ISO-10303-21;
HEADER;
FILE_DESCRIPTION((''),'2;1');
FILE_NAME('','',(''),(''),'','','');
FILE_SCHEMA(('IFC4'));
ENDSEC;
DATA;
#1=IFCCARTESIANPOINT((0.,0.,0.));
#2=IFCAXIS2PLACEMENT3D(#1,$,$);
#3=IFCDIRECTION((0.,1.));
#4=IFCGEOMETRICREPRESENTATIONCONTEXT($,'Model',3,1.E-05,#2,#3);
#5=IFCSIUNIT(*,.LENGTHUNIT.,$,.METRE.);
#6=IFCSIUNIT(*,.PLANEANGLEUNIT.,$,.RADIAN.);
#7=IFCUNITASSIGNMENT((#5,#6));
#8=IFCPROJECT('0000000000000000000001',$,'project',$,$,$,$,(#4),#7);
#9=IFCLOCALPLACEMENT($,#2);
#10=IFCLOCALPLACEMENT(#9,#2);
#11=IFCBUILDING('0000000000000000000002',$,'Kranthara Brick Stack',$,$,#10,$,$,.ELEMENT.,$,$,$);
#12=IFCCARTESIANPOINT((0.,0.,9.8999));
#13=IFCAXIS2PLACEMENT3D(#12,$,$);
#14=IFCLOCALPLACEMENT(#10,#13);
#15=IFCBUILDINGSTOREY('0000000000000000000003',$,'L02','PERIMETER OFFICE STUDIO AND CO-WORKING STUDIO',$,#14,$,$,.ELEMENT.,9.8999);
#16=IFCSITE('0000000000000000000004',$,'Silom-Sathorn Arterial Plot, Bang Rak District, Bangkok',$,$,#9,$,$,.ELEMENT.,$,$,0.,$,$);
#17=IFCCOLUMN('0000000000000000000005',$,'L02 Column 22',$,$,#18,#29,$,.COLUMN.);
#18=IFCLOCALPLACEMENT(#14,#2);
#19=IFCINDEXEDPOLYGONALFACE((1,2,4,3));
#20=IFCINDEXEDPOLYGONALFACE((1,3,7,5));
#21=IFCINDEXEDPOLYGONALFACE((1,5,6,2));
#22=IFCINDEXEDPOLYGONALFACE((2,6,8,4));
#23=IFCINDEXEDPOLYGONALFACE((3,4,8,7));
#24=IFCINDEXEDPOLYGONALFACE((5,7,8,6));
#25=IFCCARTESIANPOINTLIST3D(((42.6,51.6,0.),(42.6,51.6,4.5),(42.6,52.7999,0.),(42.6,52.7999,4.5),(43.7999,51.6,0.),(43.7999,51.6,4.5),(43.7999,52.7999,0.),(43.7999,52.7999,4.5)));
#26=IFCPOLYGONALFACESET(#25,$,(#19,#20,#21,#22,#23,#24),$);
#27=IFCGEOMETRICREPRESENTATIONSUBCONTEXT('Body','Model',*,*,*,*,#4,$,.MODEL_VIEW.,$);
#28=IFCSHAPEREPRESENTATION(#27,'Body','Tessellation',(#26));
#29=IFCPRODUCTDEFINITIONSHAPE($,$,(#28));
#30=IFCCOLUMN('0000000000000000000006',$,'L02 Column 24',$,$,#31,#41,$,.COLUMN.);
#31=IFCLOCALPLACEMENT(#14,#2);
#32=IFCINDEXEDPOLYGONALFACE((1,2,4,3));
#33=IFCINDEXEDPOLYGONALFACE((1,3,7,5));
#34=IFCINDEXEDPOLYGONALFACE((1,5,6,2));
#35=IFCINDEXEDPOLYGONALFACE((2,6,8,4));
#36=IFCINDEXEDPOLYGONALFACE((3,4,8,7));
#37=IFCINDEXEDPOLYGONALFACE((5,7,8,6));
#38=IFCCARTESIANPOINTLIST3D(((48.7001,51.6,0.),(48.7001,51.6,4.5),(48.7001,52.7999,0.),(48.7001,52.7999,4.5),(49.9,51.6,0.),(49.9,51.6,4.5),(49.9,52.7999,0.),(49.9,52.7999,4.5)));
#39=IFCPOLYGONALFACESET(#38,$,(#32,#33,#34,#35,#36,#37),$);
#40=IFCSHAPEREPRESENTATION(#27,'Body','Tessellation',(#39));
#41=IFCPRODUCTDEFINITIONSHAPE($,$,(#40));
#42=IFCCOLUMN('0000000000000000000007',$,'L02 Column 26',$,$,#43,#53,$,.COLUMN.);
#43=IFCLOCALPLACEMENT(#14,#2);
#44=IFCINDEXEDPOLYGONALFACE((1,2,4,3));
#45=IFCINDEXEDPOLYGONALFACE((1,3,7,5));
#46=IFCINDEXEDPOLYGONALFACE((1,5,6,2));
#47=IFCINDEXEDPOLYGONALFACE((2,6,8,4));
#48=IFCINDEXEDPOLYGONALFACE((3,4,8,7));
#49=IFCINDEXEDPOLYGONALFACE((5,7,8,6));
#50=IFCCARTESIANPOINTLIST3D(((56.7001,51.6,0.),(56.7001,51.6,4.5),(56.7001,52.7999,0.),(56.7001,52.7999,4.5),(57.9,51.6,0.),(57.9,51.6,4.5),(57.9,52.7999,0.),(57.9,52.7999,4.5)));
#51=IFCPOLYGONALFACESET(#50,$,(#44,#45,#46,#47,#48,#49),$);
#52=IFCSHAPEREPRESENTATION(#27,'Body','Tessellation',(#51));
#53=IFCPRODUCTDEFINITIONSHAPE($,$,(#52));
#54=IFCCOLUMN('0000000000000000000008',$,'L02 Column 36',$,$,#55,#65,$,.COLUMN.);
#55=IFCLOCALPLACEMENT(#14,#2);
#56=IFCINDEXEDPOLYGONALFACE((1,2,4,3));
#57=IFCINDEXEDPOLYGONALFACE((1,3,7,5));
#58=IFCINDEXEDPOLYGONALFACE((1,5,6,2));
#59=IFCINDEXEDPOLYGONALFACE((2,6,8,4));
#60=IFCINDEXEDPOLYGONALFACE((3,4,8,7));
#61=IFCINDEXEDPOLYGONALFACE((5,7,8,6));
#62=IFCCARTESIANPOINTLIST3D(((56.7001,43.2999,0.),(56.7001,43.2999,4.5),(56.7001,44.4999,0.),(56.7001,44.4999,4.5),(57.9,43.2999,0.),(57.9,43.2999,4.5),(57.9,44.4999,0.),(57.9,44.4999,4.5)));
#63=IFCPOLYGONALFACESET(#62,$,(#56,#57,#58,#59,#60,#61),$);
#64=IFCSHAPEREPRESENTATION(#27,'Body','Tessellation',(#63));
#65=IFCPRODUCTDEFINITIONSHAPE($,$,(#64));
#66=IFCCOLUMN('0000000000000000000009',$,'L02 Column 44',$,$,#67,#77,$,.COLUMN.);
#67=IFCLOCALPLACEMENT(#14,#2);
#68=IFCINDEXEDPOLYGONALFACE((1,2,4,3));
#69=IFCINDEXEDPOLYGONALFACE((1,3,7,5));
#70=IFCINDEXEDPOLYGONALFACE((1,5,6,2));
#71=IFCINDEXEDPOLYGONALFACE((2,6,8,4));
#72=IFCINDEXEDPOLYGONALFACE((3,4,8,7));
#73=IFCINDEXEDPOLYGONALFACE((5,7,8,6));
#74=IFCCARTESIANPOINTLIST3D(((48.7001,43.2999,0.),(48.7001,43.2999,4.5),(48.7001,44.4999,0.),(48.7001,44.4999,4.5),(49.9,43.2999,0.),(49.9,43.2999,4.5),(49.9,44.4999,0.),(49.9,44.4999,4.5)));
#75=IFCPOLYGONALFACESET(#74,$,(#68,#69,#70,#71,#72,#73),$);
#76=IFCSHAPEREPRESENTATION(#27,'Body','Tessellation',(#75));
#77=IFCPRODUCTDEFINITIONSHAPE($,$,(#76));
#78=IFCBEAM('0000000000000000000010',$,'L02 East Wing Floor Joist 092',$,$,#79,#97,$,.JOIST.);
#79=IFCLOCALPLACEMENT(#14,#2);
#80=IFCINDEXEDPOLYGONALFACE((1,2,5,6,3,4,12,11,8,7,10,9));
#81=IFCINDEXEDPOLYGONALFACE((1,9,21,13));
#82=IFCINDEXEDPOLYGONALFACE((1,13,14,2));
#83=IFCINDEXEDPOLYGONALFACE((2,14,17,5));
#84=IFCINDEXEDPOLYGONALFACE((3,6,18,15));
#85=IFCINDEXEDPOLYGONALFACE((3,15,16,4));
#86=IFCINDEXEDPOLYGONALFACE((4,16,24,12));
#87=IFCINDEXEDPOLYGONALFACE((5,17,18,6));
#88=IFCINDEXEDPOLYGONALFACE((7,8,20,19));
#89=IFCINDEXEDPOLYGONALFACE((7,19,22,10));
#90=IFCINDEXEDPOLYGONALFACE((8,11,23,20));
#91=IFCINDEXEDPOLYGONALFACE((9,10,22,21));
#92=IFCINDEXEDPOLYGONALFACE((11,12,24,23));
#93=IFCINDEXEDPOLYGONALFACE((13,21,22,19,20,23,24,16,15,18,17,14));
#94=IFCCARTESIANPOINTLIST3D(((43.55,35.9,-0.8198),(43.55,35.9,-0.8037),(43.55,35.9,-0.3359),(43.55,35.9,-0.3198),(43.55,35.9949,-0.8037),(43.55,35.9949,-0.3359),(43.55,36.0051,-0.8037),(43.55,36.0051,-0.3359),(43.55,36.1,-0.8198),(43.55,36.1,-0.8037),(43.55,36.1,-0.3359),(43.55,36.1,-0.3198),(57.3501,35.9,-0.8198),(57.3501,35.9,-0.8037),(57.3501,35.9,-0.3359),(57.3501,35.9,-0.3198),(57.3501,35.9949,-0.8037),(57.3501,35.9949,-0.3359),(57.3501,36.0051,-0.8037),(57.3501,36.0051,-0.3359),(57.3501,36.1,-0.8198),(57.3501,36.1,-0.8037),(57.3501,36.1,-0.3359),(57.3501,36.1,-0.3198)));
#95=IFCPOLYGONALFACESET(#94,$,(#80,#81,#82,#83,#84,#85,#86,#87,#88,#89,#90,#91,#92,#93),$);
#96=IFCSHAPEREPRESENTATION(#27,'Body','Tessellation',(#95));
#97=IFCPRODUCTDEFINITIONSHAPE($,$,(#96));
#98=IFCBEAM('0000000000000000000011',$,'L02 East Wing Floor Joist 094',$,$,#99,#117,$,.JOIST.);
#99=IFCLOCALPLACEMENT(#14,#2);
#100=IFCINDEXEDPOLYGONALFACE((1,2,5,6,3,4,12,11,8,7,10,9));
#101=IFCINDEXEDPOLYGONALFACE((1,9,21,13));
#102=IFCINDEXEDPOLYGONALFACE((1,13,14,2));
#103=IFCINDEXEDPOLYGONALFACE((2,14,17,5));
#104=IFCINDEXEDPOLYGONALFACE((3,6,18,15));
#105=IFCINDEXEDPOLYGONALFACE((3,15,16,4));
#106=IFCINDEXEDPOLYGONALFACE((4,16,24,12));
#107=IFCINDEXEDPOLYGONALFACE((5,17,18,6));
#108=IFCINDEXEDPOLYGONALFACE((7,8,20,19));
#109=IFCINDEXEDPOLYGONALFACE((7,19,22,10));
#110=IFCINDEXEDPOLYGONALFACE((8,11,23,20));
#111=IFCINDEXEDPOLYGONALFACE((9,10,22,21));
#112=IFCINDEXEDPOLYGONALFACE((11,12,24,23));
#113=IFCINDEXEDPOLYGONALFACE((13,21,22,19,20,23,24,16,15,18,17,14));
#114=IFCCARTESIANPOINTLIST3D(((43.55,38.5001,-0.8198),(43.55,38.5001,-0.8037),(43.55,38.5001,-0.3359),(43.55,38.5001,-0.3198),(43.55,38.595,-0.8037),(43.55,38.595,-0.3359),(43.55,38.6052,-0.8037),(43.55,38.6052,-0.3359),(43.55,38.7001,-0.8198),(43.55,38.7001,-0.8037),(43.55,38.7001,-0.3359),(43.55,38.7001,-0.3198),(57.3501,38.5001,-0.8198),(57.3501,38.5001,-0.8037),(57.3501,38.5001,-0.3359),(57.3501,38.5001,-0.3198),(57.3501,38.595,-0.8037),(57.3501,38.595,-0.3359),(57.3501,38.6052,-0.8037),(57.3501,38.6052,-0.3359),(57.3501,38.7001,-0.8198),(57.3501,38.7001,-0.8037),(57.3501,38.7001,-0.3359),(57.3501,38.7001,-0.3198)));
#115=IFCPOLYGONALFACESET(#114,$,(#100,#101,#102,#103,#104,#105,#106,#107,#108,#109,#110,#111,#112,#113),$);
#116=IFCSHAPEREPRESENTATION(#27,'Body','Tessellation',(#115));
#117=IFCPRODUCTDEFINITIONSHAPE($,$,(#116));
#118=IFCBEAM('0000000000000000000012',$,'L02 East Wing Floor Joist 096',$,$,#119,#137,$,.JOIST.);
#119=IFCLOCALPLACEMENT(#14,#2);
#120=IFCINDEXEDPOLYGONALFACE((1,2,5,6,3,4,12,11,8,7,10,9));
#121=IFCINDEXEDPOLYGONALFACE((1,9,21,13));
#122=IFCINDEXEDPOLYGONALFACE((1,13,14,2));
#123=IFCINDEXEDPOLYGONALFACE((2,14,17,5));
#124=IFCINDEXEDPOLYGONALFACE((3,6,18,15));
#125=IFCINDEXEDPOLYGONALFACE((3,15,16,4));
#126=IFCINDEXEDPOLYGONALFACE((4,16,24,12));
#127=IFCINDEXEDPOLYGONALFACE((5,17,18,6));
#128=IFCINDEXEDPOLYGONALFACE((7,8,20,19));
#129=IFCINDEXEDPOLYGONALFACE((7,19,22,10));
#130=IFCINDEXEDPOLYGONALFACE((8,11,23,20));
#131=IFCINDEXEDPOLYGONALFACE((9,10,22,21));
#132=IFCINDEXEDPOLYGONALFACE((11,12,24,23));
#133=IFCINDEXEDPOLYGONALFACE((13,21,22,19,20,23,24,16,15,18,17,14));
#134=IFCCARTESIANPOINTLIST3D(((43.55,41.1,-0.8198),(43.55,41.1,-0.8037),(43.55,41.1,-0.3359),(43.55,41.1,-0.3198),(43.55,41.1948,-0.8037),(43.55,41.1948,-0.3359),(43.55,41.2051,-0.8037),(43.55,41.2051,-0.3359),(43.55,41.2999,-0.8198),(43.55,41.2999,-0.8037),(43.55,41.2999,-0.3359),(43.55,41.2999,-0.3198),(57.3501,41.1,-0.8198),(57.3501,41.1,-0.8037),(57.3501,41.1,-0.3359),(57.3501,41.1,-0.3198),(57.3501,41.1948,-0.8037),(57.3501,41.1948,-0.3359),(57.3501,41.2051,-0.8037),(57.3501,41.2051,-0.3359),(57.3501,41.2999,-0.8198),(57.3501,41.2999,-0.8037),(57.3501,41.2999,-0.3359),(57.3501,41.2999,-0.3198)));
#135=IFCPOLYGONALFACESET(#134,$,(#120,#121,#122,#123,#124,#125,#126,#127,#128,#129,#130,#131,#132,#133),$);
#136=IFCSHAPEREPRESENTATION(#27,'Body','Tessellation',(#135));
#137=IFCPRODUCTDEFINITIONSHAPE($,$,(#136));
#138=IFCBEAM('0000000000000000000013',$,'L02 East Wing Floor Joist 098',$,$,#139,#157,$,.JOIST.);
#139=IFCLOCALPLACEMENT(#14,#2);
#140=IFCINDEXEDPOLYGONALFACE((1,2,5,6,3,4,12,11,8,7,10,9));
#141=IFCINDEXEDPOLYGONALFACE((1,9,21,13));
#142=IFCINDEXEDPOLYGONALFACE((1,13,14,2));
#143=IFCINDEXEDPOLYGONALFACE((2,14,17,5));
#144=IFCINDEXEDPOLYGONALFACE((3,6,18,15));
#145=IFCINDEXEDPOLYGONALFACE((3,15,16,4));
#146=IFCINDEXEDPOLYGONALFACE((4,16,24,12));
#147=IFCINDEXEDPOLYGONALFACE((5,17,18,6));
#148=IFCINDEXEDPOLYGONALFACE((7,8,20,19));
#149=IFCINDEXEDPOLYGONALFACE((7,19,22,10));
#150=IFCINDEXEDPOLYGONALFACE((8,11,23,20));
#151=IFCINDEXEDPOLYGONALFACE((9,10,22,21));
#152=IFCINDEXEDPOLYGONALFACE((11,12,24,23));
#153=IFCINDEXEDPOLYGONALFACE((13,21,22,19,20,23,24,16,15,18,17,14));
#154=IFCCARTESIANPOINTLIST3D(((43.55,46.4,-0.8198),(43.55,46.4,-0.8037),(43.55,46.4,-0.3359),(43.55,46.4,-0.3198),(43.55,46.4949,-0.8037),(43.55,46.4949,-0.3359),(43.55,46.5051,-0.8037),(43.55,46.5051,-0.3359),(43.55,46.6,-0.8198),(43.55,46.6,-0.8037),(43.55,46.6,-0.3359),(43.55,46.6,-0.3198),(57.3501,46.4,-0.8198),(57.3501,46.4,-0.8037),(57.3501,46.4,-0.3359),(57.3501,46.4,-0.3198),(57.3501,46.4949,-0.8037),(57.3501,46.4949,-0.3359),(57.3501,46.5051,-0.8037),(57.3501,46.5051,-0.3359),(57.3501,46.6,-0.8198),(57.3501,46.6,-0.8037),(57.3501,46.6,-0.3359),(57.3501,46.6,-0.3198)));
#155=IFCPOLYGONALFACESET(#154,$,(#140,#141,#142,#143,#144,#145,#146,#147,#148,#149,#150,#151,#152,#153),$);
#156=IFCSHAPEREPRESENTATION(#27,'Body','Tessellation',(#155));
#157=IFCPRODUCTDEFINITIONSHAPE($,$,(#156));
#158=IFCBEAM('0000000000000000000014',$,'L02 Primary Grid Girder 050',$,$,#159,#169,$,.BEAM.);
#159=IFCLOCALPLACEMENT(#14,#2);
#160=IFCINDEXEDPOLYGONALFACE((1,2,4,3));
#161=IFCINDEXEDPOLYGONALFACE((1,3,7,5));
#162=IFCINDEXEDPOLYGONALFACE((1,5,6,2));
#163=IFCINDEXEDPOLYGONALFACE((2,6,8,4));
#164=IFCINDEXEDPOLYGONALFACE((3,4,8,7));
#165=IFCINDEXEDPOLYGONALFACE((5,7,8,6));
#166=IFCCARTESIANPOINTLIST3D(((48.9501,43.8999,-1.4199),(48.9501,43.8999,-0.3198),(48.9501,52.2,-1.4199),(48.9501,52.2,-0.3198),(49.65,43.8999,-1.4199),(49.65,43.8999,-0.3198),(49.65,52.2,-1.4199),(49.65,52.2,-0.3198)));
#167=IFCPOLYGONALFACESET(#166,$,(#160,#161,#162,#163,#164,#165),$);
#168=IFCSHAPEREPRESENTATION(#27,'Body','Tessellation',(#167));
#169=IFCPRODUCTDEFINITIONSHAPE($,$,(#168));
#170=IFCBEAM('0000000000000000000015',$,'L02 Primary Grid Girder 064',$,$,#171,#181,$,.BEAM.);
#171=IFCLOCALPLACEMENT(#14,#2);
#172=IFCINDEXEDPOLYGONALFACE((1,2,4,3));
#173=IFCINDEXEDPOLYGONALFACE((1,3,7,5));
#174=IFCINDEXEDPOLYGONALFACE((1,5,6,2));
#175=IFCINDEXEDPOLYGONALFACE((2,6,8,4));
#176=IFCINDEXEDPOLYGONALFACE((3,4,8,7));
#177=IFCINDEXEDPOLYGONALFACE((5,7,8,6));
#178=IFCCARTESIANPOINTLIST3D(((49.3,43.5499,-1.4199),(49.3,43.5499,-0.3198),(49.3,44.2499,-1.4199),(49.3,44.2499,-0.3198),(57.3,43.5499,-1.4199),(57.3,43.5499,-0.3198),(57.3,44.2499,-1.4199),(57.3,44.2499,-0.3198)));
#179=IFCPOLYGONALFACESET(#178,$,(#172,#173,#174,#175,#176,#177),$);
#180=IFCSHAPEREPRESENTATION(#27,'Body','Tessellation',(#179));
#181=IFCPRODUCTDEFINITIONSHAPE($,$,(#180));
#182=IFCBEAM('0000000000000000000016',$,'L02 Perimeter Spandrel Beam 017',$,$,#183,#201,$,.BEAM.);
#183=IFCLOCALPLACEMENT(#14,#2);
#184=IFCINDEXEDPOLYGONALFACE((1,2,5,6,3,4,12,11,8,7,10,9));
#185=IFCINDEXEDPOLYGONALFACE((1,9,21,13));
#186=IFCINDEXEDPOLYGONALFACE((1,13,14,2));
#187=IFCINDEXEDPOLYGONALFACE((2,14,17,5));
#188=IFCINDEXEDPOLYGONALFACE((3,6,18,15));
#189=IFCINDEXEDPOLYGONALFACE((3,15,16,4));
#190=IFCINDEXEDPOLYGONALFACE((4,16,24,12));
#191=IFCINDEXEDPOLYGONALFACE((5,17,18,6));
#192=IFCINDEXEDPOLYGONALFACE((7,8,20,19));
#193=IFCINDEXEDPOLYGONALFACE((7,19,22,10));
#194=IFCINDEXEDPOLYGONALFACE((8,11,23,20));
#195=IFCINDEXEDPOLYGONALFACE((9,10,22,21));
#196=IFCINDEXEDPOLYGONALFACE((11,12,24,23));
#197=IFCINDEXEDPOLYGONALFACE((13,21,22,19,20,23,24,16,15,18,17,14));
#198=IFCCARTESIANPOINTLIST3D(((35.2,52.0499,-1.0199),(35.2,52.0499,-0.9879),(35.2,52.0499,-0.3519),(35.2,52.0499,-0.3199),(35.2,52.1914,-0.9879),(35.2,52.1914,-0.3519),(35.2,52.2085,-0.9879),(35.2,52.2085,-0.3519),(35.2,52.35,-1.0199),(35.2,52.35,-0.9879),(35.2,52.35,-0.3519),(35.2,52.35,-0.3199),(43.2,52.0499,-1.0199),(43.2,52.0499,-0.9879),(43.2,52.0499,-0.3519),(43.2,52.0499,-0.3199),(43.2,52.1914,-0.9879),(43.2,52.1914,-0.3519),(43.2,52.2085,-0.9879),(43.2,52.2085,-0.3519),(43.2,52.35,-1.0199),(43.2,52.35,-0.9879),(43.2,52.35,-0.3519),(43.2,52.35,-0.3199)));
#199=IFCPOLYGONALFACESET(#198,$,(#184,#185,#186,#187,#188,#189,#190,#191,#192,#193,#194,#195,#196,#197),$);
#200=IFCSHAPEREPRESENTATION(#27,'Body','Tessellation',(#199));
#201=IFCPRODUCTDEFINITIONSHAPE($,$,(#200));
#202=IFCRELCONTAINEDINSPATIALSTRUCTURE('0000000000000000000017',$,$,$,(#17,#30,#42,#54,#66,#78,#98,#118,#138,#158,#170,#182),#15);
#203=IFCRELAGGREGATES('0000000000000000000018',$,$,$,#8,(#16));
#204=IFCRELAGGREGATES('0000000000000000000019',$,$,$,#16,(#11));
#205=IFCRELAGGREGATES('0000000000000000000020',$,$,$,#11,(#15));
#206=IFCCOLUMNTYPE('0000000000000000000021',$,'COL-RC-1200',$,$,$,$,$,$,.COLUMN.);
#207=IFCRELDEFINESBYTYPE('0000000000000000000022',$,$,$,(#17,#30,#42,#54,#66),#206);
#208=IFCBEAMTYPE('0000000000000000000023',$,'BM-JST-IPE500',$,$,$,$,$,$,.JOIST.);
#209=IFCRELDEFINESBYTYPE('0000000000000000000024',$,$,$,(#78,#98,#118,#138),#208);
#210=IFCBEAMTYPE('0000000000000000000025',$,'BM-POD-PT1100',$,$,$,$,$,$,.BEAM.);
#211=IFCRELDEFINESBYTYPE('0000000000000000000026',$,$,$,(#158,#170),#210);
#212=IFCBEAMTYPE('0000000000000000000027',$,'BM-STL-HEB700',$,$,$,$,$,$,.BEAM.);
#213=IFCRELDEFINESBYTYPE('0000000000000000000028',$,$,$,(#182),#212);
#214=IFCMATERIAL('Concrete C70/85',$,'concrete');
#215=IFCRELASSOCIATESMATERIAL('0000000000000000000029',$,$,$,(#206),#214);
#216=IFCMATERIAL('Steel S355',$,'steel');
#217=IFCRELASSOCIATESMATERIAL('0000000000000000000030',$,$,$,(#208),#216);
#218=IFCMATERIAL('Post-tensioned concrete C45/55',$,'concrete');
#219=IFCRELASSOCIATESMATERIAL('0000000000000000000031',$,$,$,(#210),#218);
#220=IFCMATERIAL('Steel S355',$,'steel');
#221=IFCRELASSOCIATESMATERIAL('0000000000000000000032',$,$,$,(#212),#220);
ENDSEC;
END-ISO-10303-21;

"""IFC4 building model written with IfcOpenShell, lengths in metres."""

from ifc_helpers import new_model, si_unit, direction, frame, origin, origin_2d, place, context, subcontext, project, spatial, rectangle, i_section, extrude, material, material_profile, profile_set, type_object, element, save


model = new_model("IFC4")

# Units and contexts
model_context = context("Model", 3, precision=1e-05, world=origin(), true_north=direction((0.0, 1.0)))
body_context = subcontext(model_context, "Body", "Model", "MODEL_VIEW")
ifc_project = project(units=[si_unit("LENGTHUNIT", "METRE"), si_unit("PLANEANGLEUNIT", "RADIAN")], contexts=[model_context])

# Site, building, storey
site_placement = place(None, origin())
site = spatial("IfcSite", under=ifc_project, at=site_placement, Name="Silom-Sathorn Arterial Plot, Bang Rak District, Bangkok", CompositionType="ELEMENT", RefElevation=0.0)
building_placement = place(site_placement, origin())
building = spatial("IfcBuilding", under=site, at=building_placement, Name="Kranthara Brick Stack", CompositionType="ELEMENT")
storey_placement = place(building_placement, frame((0.0, 0.0, 9.8999)))
storey = spatial("IfcBuildingStorey", under=building, at=storey_placement, Name="L02", Description="PERIMETER OFFICE STUDIO AND CO-WORKING STUDIO", CompositionType="ELEMENT", Elevation=9.8999)

# Columns
ifc_material_1 = material(Name="Concrete C70/85", Category="concrete")
ifc_material_profile_1 = material_profile(ifc_material_1, rectangle(XDim=1.2, YDim=1.2, at=origin_2d()), Name="RC 1200x1200")
ifc_profile_set_1 = profile_set([ifc_material_profile_1], Name="Concrete C70/85")
column_type = type_object("IfcColumnType", Name="COL-RC-1200", PredefinedType="COLUMN", material=ifc_profile_set_1)
for number, where, z_axis, x_axis, name in (
    (1, (43.2, 52.2, 0.0), (0.0, 0.0, 1.0), (1.0, 0.0, 0.0), "L02 Column 22"),
    (2, (49.3, 52.2, 0.0), (0.0, 0.0, 1.0), (1.0, 0.0, 0.0), "L02 Column 24"),
    (3, (57.3, 52.2, 0.0), (0.0, 0.0, 1.0), (1.0, 0.0, 0.0), "L02 Column 26"),
    (4, (57.3, 43.8999, 0.0), (0.0, 0.0, 1.0), (1.0, 0.0, 0.0), "L02 Column 36"),
    (5, (49.3, 43.8999, 0.0), (0.0, 0.0, 1.0), (1.0, 0.0, 0.0), "L02 Column 44"),
):
    element("IfcColumn", number, at=place(storey_placement, frame(where, z_axis=z_axis, x_axis=x_axis)), inside=storey, type_object=column_type, Name=name, PredefinedType="COLUMN", context=body_context, shape_type="SweptSolid", body=[
        extrude(rectangle(XDim=1.2, YDim=1.2, at=origin_2d()), origin(), (0.0, 0.0, 1.0), 4.5),
    ])

# Beams
ifc_material_2 = material(Name="Steel S355", Category="steel")
ifc_material_profile_2 = material_profile(ifc_material_2, i_section(OverallWidth=0.2, OverallDepth=0.5, WebThickness=0.0103, FlangeThickness=0.0161, at=origin_2d()), Name="IPE 500")
ifc_profile_set_2 = profile_set([ifc_material_profile_2], Name="Steel S355")
beam_type_1 = type_object("IfcBeamType", Name="BM-JST-IPE500", PredefinedType="JOIST", material=ifc_profile_set_2)
for number, where, z_axis, x_axis, name in (
    (6, (43.55, 36.0, -0.5698), (1.0, 0.0, 0.0), (0.0, 1.0, 0.0), "L02 East Wing Floor Joist 092"),
    (7, (43.55, 38.6001, -0.5698), (1.0, 0.0, 0.0), (0.0, 1.0, 0.0), "L02 East Wing Floor Joist 094"),
    (8, (43.55, 41.2, -0.5698), (1.0, 0.0, 0.0), (0.0, 1.0, 0.0), "L02 East Wing Floor Joist 096"),
    (9, (43.55, 46.5, -0.5698), (1.0, 0.0, 0.0), (0.0, 1.0, 0.0), "L02 East Wing Floor Joist 098"),
):
    element("IfcBeam", number, at=place(storey_placement, frame(where, z_axis=z_axis, x_axis=x_axis)), inside=storey, type_object=beam_type_1, Name=name, PredefinedType="JOIST", context=body_context, shape_type="SweptSolid", body=[
        extrude(i_section(OverallWidth=0.2, OverallDepth=0.5, WebThickness=0.0103, FlangeThickness=0.0161, at=origin_2d()), origin(), (0.0, 0.0, 1.0), 13.8),
    ])
ifc_material_3 = material(Name="Post-tensioned concrete C45/55", Category="concrete")
ifc_material_profile_3 = material_profile(ifc_material_3, rectangle(XDim=0.7, YDim=1.1001, at=origin_2d()), Name="PT 700x1100")
ifc_profile_set_3 = profile_set([ifc_material_profile_3], Name="Post-tensioned concrete C45/55")
beam_type_2 = type_object("IfcBeamType", Name="BM-POD-PT1100", PredefinedType="BEAM", material=ifc_profile_set_3)
beam_1_placement = place(storey_placement, frame((49.3, 43.8999, -0.8699), z_axis=(0.0, 1.0, 0.0), x_axis=(-1.0, 0.0, 0.0)))
element("IfcBeam", 10, at=beam_1_placement, inside=storey, type_object=beam_type_2, Name="L02 Primary Grid Girder 050", PredefinedType="BEAM", context=body_context, shape_type="SweptSolid", body=[
    extrude(rectangle(XDim=0.7, YDim=1.1001, at=origin_2d()), origin(), (0.0, 0.0, 1.0), 8.3),
])
beam_2_placement = place(storey_placement, frame((49.3, 43.8999, -0.8699), z_axis=(1.0, 0.0, 0.0), x_axis=(0.0, 1.0, 0.0)))
element("IfcBeam", 11, at=beam_2_placement, inside=storey, type_object=beam_type_2, Name="L02 Primary Grid Girder 064", PredefinedType="BEAM", context=body_context, shape_type="SweptSolid", body=[
    extrude(rectangle(XDim=0.7, YDim=1.1001, at=origin_2d()), origin(), (0.0, 0.0, 1.0), 8.0),
])
ifc_material_4 = material(Name="Steel S355", Category="steel")
ifc_material_profile_4 = material_profile(ifc_material_4, i_section(OverallWidth=0.3, OverallDepth=0.7, WebThickness=0.0171, FlangeThickness=0.032, at=origin_2d()), Name="HEB 700")
ifc_profile_set_4 = profile_set([ifc_material_profile_4], Name="Steel S355")
beam_type_3 = type_object("IfcBeamType", Name="BM-STL-HEB700", PredefinedType="BEAM", material=ifc_profile_set_4)
beam_3_placement = place(storey_placement, frame((35.2, 52.2, -0.6699), z_axis=(1.0, 0.0, 0.0), x_axis=(0.0, 1.0, 0.0)))
element("IfcBeam", 12, at=beam_3_placement, inside=storey, type_object=beam_type_3, Name="L02 Perimeter Spandrel Beam 017", PredefinedType="BEAM", context=body_context, shape_type="SweptSolid", body=[
    extrude(i_section(OverallWidth=0.3, OverallDepth=0.7, WebThickness=0.0171, FlangeThickness=0.032, at=origin_2d()), origin(), (0.0, 0.0, 1.0), 8.0),
])

save(model, "model.ifc")
